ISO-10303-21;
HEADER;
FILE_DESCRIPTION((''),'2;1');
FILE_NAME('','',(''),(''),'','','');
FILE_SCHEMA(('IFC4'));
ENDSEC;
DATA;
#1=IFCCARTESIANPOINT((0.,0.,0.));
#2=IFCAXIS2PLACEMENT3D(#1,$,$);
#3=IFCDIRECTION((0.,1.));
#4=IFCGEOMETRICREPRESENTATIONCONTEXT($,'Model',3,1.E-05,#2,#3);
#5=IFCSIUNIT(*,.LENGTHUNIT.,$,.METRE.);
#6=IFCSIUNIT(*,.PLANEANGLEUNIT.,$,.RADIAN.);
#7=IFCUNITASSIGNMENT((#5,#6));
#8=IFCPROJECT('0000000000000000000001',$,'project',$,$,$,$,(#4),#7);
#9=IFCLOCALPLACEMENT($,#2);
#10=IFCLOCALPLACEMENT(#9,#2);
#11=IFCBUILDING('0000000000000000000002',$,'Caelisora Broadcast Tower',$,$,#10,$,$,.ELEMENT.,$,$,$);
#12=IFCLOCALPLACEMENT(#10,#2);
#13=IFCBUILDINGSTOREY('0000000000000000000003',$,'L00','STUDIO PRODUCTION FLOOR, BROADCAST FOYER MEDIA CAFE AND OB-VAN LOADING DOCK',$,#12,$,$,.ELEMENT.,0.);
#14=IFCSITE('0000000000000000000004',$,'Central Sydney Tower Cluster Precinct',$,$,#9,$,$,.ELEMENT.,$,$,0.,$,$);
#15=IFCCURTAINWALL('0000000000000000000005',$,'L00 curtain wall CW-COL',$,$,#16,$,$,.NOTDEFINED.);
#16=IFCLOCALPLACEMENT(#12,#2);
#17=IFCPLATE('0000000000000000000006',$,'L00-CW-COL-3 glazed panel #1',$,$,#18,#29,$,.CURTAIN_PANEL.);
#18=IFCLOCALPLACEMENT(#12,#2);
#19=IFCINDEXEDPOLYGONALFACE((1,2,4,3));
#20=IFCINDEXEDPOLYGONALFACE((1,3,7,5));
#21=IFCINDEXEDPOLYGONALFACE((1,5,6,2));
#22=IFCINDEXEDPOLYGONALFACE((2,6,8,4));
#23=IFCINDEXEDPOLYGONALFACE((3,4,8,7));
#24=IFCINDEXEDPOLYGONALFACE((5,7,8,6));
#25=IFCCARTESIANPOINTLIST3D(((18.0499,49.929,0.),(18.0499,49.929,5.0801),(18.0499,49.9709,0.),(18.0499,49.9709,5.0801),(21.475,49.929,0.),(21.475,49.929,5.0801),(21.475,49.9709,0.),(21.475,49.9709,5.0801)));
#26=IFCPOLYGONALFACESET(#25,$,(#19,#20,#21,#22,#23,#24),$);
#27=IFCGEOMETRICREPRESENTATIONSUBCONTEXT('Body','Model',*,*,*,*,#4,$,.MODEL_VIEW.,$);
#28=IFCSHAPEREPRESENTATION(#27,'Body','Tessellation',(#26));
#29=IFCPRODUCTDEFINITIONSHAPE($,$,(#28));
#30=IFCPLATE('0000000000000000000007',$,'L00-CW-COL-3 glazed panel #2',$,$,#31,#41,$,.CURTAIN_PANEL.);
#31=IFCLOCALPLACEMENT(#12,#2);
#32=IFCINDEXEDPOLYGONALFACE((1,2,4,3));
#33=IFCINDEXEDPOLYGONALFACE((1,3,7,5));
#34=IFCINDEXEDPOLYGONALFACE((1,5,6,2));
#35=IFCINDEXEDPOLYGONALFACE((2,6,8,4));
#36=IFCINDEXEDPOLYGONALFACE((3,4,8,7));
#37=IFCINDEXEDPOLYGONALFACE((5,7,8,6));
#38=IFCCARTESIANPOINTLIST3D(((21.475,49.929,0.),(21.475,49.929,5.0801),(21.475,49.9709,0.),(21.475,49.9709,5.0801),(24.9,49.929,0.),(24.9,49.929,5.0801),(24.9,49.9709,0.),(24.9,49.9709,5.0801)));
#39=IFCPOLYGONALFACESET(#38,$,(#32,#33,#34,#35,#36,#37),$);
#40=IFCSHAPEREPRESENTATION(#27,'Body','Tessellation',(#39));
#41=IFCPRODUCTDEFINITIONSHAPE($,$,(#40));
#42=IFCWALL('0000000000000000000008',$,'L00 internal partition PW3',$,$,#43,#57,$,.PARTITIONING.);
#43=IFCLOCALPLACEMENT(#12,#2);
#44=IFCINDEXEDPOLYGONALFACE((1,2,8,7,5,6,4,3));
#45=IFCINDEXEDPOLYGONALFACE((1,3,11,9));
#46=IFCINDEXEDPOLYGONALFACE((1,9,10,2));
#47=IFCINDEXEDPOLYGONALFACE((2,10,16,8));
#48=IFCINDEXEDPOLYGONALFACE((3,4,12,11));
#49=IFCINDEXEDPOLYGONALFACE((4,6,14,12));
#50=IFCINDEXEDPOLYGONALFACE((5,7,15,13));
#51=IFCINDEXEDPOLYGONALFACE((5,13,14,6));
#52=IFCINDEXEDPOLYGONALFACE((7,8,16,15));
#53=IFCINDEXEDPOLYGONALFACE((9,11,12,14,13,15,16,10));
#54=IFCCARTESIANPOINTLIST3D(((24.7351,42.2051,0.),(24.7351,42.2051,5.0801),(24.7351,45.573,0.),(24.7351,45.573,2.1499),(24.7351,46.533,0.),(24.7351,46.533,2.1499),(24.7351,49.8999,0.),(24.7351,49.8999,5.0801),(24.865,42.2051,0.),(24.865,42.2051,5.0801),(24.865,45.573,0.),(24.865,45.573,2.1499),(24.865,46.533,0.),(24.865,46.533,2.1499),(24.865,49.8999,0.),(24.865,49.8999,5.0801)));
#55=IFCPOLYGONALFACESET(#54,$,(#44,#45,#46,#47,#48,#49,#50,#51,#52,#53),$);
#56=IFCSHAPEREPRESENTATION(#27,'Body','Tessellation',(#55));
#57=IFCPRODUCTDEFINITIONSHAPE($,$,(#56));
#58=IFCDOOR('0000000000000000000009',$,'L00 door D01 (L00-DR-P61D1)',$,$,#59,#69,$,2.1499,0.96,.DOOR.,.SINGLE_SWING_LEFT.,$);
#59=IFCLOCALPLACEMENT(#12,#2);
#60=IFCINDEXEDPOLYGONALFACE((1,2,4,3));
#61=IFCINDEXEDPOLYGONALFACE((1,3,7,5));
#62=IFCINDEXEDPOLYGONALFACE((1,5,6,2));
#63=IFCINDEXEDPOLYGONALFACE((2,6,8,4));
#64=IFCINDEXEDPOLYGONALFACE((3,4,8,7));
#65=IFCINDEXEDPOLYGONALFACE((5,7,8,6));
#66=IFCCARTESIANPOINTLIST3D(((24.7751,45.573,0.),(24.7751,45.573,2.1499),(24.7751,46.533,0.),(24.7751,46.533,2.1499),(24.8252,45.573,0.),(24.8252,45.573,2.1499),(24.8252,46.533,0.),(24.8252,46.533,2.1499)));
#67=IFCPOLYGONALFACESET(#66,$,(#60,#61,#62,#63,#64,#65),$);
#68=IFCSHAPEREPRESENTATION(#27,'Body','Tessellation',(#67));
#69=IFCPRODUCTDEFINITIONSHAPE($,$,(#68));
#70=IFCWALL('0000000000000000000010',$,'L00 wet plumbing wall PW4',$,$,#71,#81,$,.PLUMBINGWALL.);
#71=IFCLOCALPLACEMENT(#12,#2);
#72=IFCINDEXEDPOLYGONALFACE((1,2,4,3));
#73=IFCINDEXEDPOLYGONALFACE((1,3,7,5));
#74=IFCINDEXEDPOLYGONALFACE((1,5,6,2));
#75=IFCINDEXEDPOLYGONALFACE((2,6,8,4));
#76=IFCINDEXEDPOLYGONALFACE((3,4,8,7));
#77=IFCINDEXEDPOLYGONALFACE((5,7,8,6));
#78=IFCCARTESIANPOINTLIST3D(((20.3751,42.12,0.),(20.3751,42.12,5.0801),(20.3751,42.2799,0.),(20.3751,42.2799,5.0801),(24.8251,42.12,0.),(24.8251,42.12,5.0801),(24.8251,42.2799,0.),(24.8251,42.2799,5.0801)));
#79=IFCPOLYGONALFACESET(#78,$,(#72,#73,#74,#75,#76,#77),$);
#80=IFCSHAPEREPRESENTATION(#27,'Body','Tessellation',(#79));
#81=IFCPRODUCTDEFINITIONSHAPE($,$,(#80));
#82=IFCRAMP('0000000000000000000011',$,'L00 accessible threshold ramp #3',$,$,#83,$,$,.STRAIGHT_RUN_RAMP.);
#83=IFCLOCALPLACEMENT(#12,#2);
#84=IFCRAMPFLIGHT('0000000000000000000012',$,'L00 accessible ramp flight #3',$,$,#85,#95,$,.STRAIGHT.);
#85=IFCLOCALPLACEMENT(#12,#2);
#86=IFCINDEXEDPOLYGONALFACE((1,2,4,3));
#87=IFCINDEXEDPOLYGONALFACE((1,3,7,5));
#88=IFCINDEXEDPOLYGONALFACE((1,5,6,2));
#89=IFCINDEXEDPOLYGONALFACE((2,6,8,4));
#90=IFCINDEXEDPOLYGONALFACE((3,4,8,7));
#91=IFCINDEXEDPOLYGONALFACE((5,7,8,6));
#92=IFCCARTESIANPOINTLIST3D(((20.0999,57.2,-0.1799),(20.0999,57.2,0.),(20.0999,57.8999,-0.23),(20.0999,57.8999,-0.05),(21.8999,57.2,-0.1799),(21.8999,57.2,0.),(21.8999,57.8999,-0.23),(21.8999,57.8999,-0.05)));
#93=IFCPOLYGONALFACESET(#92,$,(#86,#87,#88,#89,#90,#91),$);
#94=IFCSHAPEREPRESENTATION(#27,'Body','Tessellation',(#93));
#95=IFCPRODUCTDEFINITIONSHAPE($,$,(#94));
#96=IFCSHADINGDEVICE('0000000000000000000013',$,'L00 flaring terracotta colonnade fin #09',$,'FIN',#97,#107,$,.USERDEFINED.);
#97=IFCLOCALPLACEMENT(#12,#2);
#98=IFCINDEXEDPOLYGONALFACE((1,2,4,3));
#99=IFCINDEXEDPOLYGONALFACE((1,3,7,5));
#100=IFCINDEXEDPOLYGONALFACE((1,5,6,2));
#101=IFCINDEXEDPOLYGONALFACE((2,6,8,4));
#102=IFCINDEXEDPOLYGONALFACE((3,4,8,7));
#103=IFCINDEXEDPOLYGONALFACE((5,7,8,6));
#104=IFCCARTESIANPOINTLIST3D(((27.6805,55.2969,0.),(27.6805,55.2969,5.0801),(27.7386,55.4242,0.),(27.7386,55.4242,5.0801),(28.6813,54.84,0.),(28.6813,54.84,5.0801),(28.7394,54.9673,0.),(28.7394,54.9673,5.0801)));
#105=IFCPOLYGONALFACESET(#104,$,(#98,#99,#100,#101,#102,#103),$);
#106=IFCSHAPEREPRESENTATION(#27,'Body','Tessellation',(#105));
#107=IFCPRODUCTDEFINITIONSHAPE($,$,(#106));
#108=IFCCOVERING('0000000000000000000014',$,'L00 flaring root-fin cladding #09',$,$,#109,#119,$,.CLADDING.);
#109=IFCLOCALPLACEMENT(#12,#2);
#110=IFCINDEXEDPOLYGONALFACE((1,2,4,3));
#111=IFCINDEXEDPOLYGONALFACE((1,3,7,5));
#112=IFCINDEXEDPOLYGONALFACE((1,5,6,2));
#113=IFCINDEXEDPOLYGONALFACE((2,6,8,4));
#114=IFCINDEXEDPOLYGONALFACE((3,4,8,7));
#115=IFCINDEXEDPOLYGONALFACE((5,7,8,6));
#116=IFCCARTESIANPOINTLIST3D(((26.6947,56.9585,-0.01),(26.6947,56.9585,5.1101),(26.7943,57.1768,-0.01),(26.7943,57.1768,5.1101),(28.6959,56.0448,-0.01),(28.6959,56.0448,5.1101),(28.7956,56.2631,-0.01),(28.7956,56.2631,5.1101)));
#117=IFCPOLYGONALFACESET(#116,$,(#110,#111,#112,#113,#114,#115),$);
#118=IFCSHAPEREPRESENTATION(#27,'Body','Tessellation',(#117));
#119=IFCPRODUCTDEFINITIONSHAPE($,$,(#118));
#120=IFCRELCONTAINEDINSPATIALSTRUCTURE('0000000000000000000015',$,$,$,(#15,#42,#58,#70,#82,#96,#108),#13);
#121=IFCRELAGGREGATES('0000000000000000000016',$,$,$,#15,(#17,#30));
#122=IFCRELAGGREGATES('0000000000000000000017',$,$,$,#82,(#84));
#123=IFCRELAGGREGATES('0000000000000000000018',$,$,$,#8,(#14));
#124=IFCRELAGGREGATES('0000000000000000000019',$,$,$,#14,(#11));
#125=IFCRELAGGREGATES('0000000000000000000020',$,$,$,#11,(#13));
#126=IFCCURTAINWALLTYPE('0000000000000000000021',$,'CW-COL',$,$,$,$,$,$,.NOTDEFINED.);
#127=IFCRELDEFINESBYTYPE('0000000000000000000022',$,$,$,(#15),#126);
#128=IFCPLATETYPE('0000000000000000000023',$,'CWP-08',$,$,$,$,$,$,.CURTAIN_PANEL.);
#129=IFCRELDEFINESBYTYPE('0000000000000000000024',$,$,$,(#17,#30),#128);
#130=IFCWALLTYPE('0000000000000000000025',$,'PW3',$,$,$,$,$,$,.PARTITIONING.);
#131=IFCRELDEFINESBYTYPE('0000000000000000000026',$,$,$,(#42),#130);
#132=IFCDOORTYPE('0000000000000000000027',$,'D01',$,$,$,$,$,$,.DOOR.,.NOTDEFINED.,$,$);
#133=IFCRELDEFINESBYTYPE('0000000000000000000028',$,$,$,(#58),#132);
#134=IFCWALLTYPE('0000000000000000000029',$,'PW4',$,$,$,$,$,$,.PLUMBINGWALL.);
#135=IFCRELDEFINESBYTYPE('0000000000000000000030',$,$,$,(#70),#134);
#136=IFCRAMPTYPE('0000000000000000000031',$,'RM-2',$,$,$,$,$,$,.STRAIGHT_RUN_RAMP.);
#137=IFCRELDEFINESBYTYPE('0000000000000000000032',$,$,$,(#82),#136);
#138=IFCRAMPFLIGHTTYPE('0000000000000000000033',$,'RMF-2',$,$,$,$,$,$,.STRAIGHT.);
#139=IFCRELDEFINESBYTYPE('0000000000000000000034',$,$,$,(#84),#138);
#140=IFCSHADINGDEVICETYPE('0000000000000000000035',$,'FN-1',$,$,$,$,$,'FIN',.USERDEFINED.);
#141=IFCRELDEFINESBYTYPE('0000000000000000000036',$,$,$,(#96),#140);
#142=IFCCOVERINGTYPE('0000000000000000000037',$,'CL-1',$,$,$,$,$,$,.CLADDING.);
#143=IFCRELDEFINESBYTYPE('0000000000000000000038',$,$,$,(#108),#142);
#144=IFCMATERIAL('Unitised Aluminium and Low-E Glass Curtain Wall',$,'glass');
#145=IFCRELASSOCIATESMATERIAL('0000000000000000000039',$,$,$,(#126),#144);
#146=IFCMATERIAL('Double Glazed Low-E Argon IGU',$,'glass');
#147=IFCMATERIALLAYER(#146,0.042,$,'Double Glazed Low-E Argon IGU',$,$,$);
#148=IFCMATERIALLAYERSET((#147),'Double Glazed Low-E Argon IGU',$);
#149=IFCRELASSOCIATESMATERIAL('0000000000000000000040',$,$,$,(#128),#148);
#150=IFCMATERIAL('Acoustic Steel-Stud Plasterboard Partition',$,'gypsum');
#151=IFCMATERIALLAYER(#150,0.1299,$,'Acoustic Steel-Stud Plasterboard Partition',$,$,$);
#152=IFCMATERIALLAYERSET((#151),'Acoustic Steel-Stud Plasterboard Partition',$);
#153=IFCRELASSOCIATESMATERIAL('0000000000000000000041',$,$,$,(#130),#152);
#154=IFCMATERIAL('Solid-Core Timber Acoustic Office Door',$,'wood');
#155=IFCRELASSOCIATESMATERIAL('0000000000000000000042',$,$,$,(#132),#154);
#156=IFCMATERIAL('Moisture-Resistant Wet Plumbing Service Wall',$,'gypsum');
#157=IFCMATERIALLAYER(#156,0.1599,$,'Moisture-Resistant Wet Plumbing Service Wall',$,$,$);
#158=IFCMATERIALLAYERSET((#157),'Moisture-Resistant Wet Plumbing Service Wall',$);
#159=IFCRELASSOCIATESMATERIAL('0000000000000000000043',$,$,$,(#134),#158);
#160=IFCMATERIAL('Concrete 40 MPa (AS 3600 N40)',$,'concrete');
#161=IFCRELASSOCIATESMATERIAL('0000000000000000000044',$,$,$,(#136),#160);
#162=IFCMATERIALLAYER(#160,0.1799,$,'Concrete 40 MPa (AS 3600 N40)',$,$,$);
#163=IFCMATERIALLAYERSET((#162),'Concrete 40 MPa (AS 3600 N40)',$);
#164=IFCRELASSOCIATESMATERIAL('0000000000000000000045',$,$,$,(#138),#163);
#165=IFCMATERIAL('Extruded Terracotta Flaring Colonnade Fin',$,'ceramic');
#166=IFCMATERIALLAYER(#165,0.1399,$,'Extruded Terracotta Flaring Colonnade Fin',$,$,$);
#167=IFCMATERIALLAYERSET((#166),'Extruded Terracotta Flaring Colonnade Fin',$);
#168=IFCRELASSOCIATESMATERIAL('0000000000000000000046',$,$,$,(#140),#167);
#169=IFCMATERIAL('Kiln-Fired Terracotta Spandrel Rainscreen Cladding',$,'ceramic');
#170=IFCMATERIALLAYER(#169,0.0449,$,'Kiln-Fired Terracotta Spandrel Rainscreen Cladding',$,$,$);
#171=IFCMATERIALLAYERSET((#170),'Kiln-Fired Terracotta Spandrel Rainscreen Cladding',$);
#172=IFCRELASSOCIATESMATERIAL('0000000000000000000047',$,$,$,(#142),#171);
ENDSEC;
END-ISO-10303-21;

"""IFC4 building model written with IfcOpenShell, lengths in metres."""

from ifc_helpers import new_model, si_unit, direction, frame, frame_2d, origin, origin_2d, place, context, subcontext, project, spatial, polyline, rectangle, outline, extrude, source, transform, mapped, material, layer, layer_set, type_object, type_shapes, element, fill, aggregate, save


model = new_model("IFC4")

# Units and contexts
model_context = context("Model", 3, precision=1e-05, world=origin(), true_north=direction((0.0, 1.0)))
body_context = subcontext(model_context, "Body", "Model", "MODEL_VIEW")
ifc_project = project(units=[si_unit("LENGTHUNIT", "METRE"), si_unit("PLANEANGLEUNIT", "RADIAN")], contexts=[model_context])

# Site, building, storey
site_placement = place(None, origin())
site = spatial("IfcSite", under=ifc_project, at=site_placement, Name="Central Sydney Tower Cluster Precinct", CompositionType="ELEMENT", RefElevation=0.0)
building_placement = place(site_placement, origin())
building = spatial("IfcBuilding", under=site, at=building_placement, Name="Caelisora Broadcast Tower", CompositionType="ELEMENT")
storey_placement = place(building_placement, origin())
storey = spatial("IfcBuildingStorey", under=building, at=storey_placement, Name="L00", Description="STUDIO PRODUCTION FLOOR, BROADCAST FOYER MEDIA CAFE AND OB-VAN LOADING DOCK", CompositionType="ELEMENT", Elevation=0.0)

# Shared definitions
ifc_material_1 = material(Name="Unitised Aluminium and Low-E Glass Curtain Wall", Category="glass")
curtain_wall_type = type_object("IfcCurtainWallType", Name="CW-COL", PredefinedType="NOTDEFINED", material=ifc_material_1)

# Curtain wall, plates
curtain_wall_1_placement = place(storey_placement, origin())
curtain_wall_1 = element("IfcCurtainWall", 1, at=curtain_wall_1_placement, inside=storey, type_object=curtain_wall_type, Name="L00 curtain wall CW-COL", PredefinedType="NOTDEFINED")
ifc_material_2 = material(Name="Double Glazed Low-E Argon IGU", Category="glass")
ifc_layer_1 = layer(ifc_material_2, 0.042, Name="Double Glazed Low-E Argon IGU")
ifc_layer_set_1 = layer_set([ifc_layer_1], Name="Double Glazed Low-E Argon IGU")
plate_type = type_object("IfcPlateType", Name="CWP-08", PredefinedType="CURTAIN_PANEL", material=ifc_layer_set_1)
shared_shape_1 = source(origin(), body_context, "Body", "SweptSolid", [
    extrude(rectangle(XDim=3.425, YDim=0.042, at=origin_2d()), origin(), (0.0, 0.0, 1.0), 5.0801),
])
type_shapes(plate_type, [shared_shape_1])
plate_1_placement = place(storey_placement, frame((19.7625, 49.95, 0.0), z_axis=(0.0, 0.0, 1.0), x_axis=(1.0, 0.0, 0.0)))
plate_1 = element("IfcPlate", 2, at=plate_1_placement, type_object=plate_type, Name="L00-CW-COL-3 glazed panel #1", PredefinedType="CURTAIN_PANEL", context=body_context, shape_type="MappedRepresentation", body=[
    mapped(shared_shape_1, transform((0.0, 0.0, 0.0), scale=1.0)),
])
plate_2_placement = place(storey_placement, frame((23.1875, 49.95, 0.0), z_axis=(0.0, 0.0, 1.0), x_axis=(1.0, 0.0, 0.0)))
plate_2 = element("IfcPlate", 3, at=plate_2_placement, type_object=plate_type, Name="L00-CW-COL-3 glazed panel #2", PredefinedType="CURTAIN_PANEL", context=body_context, shape_type="MappedRepresentation", body=[
    mapped(shared_shape_1, transform((0.0, 0.0, 0.0), scale=1.0)),
])
aggregate(curtain_wall_1, [plate_1, plate_2])

# Wall, opening, door
ifc_material_3 = material(Name="Acoustic Steel-Stud Plasterboard Partition", Category="gypsum")
ifc_layer_2 = layer(ifc_material_3, 0.1299, Name="Acoustic Steel-Stud Plasterboard Partition")
ifc_layer_set_2 = layer_set([ifc_layer_2], Name="Acoustic Steel-Stud Plasterboard Partition")
wall_type_1 = type_object("IfcWallType", Name="PW3", PredefinedType="PARTITIONING", material=ifc_layer_set_2)
wall_1_placement = place(storey_placement, frame((24.8, 42.2051, 0.0), z_axis=(0.0, 0.0, 1.0), x_axis=(0.0, 1.0, 0.0)))
wall_1 = element("IfcWall", 4, at=wall_1_placement, inside=storey, type_object=wall_type_1, Name="L00 internal partition PW3", PredefinedType="PARTITIONING", context=body_context, shape_type="SweptSolid", body=[
    extrude(rectangle(XDim=7.6948, YDim=0.1299, at=frame_2d((3.8474, 0.0))), origin(), (0.0, 0.0, 1.0), 5.0801),
])
opening_1_placement = place(wall_1_placement, frame((3.3679, 0.0, 0.0)))
opening_1 = element("IfcOpeningElement", 5, at=opening_1_placement, cuts=wall_1, PredefinedType="OPENING", context=body_context, shape_type="SweptSolid", body=[
    extrude(rectangle(XDim=0.96, YDim=2.1499, at=frame_2d((0.48, 1.075))), frame((0.0, 0.0769, 0.0), z_axis=(0.0, -1.0, 0.0), x_axis=(1.0, 0.0, 0.0)), (0.0, 0.0, 1.0), 0.1538),
])
ifc_material_4 = material(Name="Solid-Core Timber Acoustic Office Door", Category="wood")
door_type_1 = type_object("IfcDoorType", Name="D01", OperationType="NOTDEFINED", PredefinedType="DOOR", material=ifc_material_4)
door_1_placement = place(opening_1_placement, origin())
door_1 = element("IfcDoor", 6, at=door_1_placement, inside=storey, type_object=door_type_1, Name="L00 door D01 (L00-DR-P61D1)", OperationType="SINGLE_SWING_LEFT", OverallHeight=2.1499, OverallWidth=0.96, PredefinedType="DOOR", context=body_context, shape_type="SweptSolid", body=[
    extrude(rectangle(XDim=0.96, YDim=2.1499, at=frame_2d((0.48, 1.075))), frame((0.0, 0.0249, 0.0), z_axis=(0.0, -1.0, 0.0), x_axis=(1.0, 0.0, 0.0)), (0.0, 0.0, 1.0), 0.05),
])
fill(opening_1, door_1)

# Wall
ifc_material_5 = material(Name="Moisture-Resistant Wet Plumbing Service Wall", Category="gypsum")
ifc_layer_3 = layer(ifc_material_5, 0.1599, Name="Moisture-Resistant Wet Plumbing Service Wall")
ifc_layer_set_3 = layer_set([ifc_layer_3], Name="Moisture-Resistant Wet Plumbing Service Wall")
wall_type_2 = type_object("IfcWallType", Name="PW4", PredefinedType="PLUMBINGWALL", material=ifc_layer_set_3)
wall_2_placement = place(storey_placement, frame((20.375, 42.2, 0.0), z_axis=(0.0, 0.0, 1.0), x_axis=(1.0, 0.0, 0.0)))
element("IfcWall", 7, at=wall_2_placement, inside=storey, type_object=wall_type_2, Name="L00 wet plumbing wall PW4", PredefinedType="PLUMBINGWALL", context=body_context, shape_type="SweptSolid", body=[
    extrude(rectangle(XDim=4.45, YDim=0.1599, at=frame_2d((2.2251, 0.0))), origin(), (0.0, 0.0, 1.0), 5.0801),
])

# Ramp, ramp flight
ifc_material_6 = material(Name="Concrete 40 MPa (AS 3600 N40)", Category="concrete")
ramp_type = type_object("IfcRampType", Name="RM-2", PredefinedType="STRAIGHT_RUN_RAMP", material=ifc_material_6)
ramp_placement = place(storey_placement, origin())
ramp = element("IfcRamp", 8, at=ramp_placement, inside=storey, type_object=ramp_type, Name="L00 accessible threshold ramp #3", PredefinedType="STRAIGHT_RUN_RAMP")
ifc_layer_4 = layer(ifc_material_6, 0.1799, Name="Concrete 40 MPa (AS 3600 N40)")
ifc_layer_set_4 = layer_set([ifc_layer_4], Name="Concrete 40 MPa (AS 3600 N40)")
ramp_flight_type = type_object("IfcRampFlightType", Name="RMF-2", PredefinedType="STRAIGHT", material=ifc_layer_set_4)
ramp_flight_placement = place(storey_placement, frame((21.0, 57.8999, -0.05), z_axis=(0.0, 0.0, 1.0), x_axis=(0.0, -1.0, 0.0)))
ramp_flight = element("IfcRampFlight", 9, at=ramp_flight_placement, type_object=ramp_flight_type, Name="L00 accessible ramp flight #3", PredefinedType="STRAIGHT", context=body_context, shape_type="SweptSolid", body=[
    extrude(outline(polyline([(0.0, 0.0), (0.7, 0.05), (0.7, -0.1299), (0.0, -0.1799), (0.0, 0.0)])), frame((0.0, 0.8999, 0.0), z_axis=(0.0, -1.0, 0.0), x_axis=(1.0, 0.0, 0.0)), (0.0, 0.0, 1.0), 1.8),
])
aggregate(ramp, [ramp_flight])

# Shading device
ifc_material_7 = material(Name="Extruded Terracotta Flaring Colonnade Fin", Category="ceramic")
ifc_layer_5 = layer(ifc_material_7, 0.1399, Name="Extruded Terracotta Flaring Colonnade Fin")
ifc_layer_set_5 = layer_set([ifc_layer_5], Name="Extruded Terracotta Flaring Colonnade Fin")
shading_device_type = type_object("IfcShadingDeviceType", Name="FN-1", ElementType="FIN", PredefinedType="USERDEFINED", material=ifc_layer_set_5)
shared_shape_2 = source(origin(), body_context, "Body", "SweptSolid", [
    extrude(rectangle(XDim=1.1001, YDim=0.1399, at=origin_2d()), origin(), (0.0, 0.0, 1.0), 5.0801),
])
type_shapes(shading_device_type, [shared_shape_2])
shading_device_placement = place(storey_placement, frame((28.21, 55.1321, 0.0), z_axis=(0.0, 0.0, 1.0), x_axis=(-0.909672, 0.415328, 0.0)))
element("IfcShadingDevice", 10, at=shading_device_placement, inside=storey, type_object=shading_device_type, Name="L00 flaring terracotta colonnade fin #09", ObjectType="FIN", PredefinedType="USERDEFINED", context=body_context, shape_type="MappedRepresentation", body=[
    mapped(shared_shape_2, transform((0.0, 0.0, 0.0), scale=1.0)),
])

# Covering
ifc_material_8 = material(Name="Kiln-Fired Terracotta Spandrel Rainscreen Cladding", Category="ceramic")
ifc_layer_6 = layer(ifc_material_8, 0.0449, Name="Kiln-Fired Terracotta Spandrel Rainscreen Cladding")
ifc_layer_set_6 = layer_set([ifc_layer_6], Name="Kiln-Fired Terracotta Spandrel Rainscreen Cladding")
covering_type = type_object("IfcCoveringType", Name="CL-1", PredefinedType="CLADDING", material=ifc_layer_set_6)
shared_shape_3 = source(origin(), body_context, "Body", "SweptSolid", [
    extrude(rectangle(XDim=2.2, YDim=0.24, at=origin_2d()), origin(), (0.0, 0.0, 1.0), 5.1201),
])
type_shapes(covering_type, [shared_shape_3])
covering_placement = place(storey_placement, frame((27.7451, 56.6108, -0.01), z_axis=(0.0, 0.0, 1.0), x_axis=(-0.909672, 0.415328, 0.0)))
element("IfcCovering", 11, at=covering_placement, inside=storey, type_object=covering_type, Name="L00 flaring root-fin cladding #09", PredefinedType="CLADDING", context=body_context, shape_type="MappedRepresentation", body=[
    mapped(shared_shape_3, transform((0.0, 0.0, 0.0), scale=1.0)),
])

save(model, "model.ifc")
